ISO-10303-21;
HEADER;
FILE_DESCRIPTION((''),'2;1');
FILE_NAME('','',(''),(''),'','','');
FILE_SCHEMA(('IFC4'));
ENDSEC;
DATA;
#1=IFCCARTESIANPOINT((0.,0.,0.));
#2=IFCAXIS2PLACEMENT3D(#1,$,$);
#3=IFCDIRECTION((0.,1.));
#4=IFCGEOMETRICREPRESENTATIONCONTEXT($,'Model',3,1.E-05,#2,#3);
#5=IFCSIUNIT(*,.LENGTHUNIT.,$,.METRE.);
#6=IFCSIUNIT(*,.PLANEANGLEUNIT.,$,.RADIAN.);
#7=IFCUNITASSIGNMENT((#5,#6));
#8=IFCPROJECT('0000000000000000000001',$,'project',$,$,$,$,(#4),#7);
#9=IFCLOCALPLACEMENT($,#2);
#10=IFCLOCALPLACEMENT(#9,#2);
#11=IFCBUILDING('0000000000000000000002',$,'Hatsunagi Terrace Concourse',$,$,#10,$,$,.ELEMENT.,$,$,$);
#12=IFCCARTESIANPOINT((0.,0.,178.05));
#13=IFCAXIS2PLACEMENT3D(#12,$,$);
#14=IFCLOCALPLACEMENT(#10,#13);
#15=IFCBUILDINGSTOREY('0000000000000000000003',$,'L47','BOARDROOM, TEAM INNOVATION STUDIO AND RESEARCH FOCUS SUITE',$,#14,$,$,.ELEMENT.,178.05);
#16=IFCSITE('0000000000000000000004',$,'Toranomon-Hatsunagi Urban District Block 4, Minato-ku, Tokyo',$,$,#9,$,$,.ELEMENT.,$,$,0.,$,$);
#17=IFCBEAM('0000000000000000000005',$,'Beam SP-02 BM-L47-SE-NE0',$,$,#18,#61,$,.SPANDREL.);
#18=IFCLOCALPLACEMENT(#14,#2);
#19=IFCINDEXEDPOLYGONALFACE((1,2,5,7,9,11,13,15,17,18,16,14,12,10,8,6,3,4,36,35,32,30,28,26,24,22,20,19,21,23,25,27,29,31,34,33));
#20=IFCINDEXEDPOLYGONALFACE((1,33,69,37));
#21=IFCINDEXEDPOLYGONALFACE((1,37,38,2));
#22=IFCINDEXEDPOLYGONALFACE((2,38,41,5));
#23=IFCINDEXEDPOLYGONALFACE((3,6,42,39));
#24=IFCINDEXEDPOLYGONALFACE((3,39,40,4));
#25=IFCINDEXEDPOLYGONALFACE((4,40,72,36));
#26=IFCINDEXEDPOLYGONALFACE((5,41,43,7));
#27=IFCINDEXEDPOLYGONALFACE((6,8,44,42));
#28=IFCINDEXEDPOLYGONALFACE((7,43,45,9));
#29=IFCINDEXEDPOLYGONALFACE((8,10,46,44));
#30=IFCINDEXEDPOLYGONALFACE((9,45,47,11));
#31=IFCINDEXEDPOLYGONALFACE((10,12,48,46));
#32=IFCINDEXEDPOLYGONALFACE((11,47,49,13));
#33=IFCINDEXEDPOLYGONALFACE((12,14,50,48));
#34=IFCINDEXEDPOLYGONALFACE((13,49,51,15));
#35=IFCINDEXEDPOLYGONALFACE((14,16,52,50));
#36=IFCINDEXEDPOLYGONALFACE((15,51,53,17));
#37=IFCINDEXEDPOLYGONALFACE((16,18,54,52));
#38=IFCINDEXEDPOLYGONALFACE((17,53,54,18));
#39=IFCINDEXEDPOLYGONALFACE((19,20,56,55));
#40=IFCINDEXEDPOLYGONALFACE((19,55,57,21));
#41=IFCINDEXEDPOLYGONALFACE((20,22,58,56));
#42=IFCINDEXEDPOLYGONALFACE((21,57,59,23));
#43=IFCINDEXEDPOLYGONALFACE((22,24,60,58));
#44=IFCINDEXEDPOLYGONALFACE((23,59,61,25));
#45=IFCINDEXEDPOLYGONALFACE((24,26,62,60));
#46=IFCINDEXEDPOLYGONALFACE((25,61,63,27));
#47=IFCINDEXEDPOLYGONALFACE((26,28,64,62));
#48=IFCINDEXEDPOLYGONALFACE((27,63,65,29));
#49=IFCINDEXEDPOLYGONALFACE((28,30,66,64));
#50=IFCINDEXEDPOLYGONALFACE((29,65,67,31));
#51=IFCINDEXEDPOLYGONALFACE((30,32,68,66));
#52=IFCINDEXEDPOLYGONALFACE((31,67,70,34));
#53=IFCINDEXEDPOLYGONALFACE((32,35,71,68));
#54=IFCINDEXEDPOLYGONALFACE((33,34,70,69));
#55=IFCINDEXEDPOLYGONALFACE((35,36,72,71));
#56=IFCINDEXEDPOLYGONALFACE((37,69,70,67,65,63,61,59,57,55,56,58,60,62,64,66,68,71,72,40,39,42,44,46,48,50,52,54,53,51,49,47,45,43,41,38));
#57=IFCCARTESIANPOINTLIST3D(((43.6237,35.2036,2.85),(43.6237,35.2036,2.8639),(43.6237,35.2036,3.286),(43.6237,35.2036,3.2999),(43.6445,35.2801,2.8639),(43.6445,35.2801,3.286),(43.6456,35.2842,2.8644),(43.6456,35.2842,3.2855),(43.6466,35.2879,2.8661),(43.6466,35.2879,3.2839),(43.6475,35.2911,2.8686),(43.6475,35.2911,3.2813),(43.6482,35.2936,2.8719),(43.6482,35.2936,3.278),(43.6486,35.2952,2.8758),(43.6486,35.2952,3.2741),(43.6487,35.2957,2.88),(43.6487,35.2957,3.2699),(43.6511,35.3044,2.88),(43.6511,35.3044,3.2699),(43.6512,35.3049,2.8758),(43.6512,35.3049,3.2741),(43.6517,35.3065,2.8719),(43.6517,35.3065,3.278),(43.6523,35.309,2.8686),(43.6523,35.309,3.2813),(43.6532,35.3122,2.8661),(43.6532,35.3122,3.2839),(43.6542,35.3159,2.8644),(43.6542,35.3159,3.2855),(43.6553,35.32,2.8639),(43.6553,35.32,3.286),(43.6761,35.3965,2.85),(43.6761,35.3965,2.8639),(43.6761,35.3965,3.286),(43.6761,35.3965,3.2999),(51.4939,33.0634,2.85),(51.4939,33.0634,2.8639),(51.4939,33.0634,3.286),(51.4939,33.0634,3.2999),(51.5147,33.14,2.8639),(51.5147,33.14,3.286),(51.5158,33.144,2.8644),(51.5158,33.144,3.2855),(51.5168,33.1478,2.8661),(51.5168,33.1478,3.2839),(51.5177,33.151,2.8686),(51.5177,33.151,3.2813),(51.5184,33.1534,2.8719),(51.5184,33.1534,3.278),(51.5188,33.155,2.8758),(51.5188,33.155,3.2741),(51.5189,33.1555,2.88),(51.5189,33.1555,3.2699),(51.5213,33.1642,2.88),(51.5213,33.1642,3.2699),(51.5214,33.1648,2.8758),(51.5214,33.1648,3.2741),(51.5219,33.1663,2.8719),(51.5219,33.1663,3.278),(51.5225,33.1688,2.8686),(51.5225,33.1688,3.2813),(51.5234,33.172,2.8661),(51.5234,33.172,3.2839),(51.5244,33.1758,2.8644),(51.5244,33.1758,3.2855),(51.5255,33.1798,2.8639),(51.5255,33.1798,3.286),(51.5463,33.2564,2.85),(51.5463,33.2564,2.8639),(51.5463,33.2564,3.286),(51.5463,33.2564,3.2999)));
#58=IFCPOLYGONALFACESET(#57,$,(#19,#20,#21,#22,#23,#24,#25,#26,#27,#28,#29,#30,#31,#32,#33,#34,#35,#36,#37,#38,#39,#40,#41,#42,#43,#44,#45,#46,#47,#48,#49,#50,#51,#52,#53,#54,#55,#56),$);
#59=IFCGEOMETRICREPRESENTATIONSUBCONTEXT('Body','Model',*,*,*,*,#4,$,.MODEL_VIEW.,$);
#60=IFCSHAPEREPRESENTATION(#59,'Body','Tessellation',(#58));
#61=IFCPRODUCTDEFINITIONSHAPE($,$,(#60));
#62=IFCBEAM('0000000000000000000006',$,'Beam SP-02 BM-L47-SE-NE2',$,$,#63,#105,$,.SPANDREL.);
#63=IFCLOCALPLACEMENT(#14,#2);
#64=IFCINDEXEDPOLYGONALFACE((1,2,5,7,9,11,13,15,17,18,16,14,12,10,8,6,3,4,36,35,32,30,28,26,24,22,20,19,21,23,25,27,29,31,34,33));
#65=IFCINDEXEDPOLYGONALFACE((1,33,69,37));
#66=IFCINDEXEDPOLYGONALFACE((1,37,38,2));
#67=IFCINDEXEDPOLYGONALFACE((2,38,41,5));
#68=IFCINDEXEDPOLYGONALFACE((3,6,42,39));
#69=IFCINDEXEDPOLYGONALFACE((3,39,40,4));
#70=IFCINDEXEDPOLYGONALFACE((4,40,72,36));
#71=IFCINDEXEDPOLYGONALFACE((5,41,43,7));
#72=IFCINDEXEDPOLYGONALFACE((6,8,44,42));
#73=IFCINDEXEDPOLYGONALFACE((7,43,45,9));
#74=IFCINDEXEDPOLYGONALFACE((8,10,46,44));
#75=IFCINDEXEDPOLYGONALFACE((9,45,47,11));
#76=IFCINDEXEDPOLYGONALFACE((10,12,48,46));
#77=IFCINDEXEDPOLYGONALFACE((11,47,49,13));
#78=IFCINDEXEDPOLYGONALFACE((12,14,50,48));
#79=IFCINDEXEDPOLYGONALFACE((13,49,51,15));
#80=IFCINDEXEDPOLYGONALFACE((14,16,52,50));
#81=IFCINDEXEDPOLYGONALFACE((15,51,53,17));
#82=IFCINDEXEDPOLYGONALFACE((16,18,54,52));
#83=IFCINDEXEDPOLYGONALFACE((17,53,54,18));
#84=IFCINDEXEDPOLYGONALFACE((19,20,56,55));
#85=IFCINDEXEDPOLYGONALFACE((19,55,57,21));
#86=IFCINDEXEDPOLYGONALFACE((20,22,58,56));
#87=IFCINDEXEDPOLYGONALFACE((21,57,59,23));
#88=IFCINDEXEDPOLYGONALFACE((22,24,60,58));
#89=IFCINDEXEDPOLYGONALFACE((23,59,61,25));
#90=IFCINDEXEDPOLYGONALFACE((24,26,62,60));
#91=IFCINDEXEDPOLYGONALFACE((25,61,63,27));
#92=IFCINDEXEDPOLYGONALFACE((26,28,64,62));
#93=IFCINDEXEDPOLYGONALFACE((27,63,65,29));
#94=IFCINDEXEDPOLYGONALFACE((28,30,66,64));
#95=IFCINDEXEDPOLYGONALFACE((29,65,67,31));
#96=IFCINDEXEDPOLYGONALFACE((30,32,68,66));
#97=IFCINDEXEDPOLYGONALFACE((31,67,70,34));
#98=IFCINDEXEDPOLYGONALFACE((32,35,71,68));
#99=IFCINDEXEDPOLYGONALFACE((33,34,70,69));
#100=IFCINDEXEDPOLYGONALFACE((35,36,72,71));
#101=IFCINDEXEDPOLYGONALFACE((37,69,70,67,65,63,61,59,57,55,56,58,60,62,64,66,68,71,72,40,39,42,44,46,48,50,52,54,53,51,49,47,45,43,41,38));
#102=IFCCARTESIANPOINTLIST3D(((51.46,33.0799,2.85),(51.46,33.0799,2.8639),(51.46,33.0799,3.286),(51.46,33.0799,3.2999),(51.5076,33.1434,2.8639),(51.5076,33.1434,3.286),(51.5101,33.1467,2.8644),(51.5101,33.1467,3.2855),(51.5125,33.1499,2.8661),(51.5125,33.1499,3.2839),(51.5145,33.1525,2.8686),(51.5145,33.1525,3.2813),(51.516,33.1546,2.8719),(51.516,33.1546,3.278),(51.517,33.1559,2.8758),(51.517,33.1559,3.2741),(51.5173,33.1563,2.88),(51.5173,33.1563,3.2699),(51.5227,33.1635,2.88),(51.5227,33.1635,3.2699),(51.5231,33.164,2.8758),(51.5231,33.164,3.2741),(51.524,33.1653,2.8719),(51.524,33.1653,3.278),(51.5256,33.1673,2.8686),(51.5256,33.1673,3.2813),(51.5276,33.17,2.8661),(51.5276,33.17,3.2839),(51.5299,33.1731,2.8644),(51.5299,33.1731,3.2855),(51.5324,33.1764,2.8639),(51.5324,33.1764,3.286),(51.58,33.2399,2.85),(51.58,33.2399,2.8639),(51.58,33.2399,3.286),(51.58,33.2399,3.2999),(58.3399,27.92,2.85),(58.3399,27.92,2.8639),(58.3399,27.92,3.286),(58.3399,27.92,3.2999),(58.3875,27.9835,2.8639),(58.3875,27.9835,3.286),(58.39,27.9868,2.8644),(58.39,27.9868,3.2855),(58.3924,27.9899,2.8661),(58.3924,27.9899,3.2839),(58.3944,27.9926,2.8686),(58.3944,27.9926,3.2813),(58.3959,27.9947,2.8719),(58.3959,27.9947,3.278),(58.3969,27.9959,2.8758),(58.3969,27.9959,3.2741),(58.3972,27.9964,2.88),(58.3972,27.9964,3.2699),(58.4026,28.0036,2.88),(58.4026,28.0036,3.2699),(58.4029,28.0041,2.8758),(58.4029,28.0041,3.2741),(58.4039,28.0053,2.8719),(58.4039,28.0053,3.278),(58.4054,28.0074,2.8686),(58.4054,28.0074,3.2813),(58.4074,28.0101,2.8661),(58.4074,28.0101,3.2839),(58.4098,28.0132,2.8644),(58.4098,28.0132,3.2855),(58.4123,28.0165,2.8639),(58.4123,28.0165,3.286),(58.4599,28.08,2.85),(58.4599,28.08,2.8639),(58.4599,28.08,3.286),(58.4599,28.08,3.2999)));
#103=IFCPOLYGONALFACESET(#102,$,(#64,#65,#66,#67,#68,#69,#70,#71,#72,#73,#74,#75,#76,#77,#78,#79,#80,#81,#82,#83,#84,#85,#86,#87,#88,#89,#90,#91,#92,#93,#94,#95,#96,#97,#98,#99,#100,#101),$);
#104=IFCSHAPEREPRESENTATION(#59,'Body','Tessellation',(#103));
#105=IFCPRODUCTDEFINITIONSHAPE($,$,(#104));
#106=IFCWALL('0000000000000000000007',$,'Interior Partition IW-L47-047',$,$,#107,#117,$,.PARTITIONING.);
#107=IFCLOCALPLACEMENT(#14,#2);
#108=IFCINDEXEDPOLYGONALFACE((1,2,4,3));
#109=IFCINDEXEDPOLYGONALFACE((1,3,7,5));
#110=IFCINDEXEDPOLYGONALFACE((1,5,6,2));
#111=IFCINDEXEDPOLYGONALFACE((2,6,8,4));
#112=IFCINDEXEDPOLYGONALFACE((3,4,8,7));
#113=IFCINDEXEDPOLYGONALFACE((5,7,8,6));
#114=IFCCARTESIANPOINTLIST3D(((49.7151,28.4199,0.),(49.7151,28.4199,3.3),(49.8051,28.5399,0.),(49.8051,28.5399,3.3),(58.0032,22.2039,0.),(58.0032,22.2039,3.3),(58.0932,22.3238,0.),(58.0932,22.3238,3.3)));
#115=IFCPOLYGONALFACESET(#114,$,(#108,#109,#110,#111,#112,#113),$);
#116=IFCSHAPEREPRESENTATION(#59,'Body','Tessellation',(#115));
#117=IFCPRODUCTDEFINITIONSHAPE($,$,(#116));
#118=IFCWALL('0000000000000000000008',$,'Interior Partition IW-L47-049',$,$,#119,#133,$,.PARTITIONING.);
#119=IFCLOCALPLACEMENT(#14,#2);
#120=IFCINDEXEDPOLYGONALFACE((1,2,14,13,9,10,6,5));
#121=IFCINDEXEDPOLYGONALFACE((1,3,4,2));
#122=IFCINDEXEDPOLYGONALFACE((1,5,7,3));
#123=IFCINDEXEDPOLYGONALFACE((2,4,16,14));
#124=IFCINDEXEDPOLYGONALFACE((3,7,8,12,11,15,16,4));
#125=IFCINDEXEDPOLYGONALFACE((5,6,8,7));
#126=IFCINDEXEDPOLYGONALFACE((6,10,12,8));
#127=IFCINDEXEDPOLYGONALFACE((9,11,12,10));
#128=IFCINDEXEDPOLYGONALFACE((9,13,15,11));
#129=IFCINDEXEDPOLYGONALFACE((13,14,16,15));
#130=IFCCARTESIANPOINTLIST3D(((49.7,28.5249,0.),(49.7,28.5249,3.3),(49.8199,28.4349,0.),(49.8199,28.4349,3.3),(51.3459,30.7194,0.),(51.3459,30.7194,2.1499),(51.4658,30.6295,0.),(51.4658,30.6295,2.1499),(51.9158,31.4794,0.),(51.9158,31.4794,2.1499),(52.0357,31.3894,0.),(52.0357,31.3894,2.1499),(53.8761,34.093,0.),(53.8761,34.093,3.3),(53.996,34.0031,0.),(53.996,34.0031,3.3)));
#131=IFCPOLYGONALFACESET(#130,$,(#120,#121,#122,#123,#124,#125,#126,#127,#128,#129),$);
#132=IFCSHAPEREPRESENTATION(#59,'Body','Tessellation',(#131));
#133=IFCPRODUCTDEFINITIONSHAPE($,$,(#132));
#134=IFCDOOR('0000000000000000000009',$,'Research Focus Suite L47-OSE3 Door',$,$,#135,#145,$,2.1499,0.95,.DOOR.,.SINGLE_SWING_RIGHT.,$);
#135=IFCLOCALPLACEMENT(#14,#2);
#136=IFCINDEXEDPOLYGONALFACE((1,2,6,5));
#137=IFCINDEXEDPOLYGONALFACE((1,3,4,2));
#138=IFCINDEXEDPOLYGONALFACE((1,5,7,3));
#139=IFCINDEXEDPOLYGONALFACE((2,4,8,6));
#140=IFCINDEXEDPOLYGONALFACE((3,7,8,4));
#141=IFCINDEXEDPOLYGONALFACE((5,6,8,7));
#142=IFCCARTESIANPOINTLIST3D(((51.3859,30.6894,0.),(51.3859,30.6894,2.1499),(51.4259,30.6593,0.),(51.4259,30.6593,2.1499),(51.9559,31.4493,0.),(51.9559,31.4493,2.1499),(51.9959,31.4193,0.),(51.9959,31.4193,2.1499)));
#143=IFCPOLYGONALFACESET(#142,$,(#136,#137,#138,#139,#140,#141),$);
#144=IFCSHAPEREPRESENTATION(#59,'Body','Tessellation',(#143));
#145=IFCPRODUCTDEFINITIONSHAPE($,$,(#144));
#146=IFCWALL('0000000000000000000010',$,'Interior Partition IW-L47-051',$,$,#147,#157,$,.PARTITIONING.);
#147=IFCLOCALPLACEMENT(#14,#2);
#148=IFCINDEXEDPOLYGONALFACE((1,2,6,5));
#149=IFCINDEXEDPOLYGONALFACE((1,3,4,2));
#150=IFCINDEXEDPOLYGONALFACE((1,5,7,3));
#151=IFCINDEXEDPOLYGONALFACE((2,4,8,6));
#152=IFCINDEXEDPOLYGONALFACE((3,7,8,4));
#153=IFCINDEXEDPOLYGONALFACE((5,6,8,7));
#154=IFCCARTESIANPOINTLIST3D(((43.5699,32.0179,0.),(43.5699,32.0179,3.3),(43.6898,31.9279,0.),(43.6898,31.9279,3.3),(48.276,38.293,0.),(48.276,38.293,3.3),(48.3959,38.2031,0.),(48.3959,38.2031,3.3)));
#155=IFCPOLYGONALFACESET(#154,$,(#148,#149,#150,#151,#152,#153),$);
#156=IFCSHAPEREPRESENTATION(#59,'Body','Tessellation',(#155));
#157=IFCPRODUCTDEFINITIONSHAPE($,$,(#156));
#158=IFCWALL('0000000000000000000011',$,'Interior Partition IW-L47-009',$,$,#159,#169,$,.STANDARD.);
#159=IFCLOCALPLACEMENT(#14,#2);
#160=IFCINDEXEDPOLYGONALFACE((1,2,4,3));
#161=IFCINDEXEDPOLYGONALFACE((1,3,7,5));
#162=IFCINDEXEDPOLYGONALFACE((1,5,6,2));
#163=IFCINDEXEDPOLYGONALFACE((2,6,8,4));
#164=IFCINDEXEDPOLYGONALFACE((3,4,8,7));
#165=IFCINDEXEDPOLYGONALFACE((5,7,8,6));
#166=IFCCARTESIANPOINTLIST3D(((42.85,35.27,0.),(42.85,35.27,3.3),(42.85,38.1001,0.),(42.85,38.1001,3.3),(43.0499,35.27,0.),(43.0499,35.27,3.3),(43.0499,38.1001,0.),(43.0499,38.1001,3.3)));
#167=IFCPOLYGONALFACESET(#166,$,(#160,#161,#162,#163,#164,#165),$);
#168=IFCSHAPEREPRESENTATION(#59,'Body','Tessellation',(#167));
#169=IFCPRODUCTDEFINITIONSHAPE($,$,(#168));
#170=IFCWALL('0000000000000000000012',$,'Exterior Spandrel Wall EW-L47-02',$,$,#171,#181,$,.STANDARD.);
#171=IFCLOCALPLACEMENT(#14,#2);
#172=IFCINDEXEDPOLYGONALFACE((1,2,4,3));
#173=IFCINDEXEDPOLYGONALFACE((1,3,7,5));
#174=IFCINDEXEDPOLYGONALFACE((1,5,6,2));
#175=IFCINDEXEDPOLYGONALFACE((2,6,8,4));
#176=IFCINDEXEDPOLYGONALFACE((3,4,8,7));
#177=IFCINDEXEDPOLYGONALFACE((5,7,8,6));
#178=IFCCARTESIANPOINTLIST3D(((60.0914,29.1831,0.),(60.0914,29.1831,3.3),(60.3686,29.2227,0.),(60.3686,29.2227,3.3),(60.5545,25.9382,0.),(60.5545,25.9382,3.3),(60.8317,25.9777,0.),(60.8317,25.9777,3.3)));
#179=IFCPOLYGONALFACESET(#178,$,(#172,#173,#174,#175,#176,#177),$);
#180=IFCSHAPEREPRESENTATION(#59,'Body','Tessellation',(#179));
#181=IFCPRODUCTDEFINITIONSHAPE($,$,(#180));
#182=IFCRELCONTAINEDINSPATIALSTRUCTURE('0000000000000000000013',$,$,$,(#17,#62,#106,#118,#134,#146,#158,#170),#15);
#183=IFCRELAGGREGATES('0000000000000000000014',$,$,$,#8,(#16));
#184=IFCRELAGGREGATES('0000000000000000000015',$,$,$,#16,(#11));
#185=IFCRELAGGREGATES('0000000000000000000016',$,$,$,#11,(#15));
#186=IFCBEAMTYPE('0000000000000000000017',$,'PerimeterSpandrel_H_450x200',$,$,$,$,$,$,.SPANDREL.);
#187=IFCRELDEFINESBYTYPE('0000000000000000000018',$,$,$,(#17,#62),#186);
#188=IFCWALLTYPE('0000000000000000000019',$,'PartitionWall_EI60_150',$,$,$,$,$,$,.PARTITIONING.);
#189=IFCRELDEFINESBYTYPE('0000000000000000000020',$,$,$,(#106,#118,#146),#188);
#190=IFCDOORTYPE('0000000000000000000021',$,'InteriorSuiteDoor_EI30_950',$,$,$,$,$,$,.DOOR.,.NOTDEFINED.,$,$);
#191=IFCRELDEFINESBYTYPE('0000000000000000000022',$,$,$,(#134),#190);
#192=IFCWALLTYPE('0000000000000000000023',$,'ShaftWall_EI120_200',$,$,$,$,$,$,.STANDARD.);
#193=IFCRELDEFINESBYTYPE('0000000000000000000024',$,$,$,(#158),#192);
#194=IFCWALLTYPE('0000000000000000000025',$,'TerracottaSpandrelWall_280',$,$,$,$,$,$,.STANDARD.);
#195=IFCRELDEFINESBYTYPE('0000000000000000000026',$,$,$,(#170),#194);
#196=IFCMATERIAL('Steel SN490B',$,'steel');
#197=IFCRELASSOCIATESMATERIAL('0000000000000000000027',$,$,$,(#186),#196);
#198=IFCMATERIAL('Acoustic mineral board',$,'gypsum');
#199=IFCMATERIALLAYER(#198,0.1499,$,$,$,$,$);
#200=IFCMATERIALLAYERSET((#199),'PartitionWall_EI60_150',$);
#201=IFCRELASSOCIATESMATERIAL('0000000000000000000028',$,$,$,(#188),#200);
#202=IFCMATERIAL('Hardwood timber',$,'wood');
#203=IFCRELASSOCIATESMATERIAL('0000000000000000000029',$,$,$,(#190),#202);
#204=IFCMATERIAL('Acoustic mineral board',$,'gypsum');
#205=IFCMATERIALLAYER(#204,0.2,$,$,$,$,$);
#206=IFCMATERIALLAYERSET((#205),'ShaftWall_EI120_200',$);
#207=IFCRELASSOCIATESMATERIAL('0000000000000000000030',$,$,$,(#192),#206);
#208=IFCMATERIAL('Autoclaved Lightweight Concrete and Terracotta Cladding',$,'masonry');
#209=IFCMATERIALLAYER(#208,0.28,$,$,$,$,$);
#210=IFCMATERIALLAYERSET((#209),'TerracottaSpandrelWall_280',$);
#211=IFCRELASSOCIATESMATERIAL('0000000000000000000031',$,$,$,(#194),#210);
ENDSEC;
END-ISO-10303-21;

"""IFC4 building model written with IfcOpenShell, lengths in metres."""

from ifc_helpers import new_model, si_unit, direction, frame, frame_2d, origin, origin_2d, place, context, subcontext, project, spatial, rectangle, i_section, extrude, material, layer, layer_set, material_profile, profile_set, type_object, element, fill, save


model = new_model("IFC4")

# Units and contexts
model_context = context("Model", 3, precision=1e-05, world=origin(), true_north=direction((0.0, 1.0)))
body_context = subcontext(model_context, "Body", "Model", "MODEL_VIEW")
ifc_project = project(units=[si_unit("LENGTHUNIT", "METRE"), si_unit("PLANEANGLEUNIT", "RADIAN")], contexts=[model_context])

# Site, building, storey
site_placement = place(None, origin())
site = spatial("IfcSite", under=ifc_project, at=site_placement, Name="Toranomon-Hatsunagi Urban District Block 4, Minato-ku, Tokyo", CompositionType="ELEMENT", RefElevation=0.0)
building_placement = place(site_placement, origin())
building = spatial("IfcBuilding", under=site, at=building_placement, Name="Hatsunagi Terrace Concourse", CompositionType="ELEMENT")
storey_placement = place(building_placement, frame((0.0, 0.0, 178.05)))
storey = spatial("IfcBuildingStorey", under=building, at=storey_placement, Name="L47", Description="BOARDROOM, TEAM INNOVATION STUDIO AND RESEARCH FOCUS SUITE", CompositionType="ELEMENT", Elevation=178.05)

# Beams
ifc_material_1 = material(Name="Steel SN490B", Category="steel")
ifc_material_profile_1 = material_profile(ifc_material_1, i_section(OverallWidth=0.2, OverallDepth=0.45, WebThickness=0.009, FlangeThickness=0.0139, FilletRadius=0.0161, at=origin_2d()), Name="H-450x200x9x14")
ifc_profile_set_1 = profile_set([ifc_material_profile_1], Name="Steel SN490B")
beam_type_1 = type_object("IfcBeamType", Name="PerimeterSpandrel_H_450x200", PredefinedType="SPANDREL", material=ifc_profile_set_1)
beam_1_placement = place(storey_placement, frame((43.6499, 35.3, 3.075), z_axis=(0.964958, -0.262403, 0.0), x_axis=(0.262403, 0.964958, 0.0)))
element("IfcBeam", 1, at=beam_1_placement, inside=storey, type_object=beam_type_1, Name="Beam SP-02 BM-L47-SE-NE0", PredefinedType="SPANDREL", context=body_context, shape_type="SweptSolid", body=[
    extrude(i_section(OverallWidth=0.2, OverallDepth=0.45, WebThickness=0.009, FlangeThickness=0.0139, FilletRadius=0.0161, at=origin_2d()), origin(), (0.0, 0.0, 1.0), 8.156),
])
beam_2_placement = place(storey_placement, frame((51.52, 33.1599, 3.075), z_axis=(0.8, -0.6, 0.0), x_axis=(0.6, 0.8, 0.0)))
element("IfcBeam", 2, at=beam_2_placement, inside=storey, type_object=beam_type_1, Name="Beam SP-02 BM-L47-SE-NE2", PredefinedType="SPANDREL", context=body_context, shape_type="SweptSolid", body=[
    extrude(i_section(OverallWidth=0.2, OverallDepth=0.45, WebThickness=0.009, FlangeThickness=0.0139, FilletRadius=0.0161, at=origin_2d()), origin(), (0.0, 0.0, 1.0), 8.5999),
])

# Wall
ifc_material_2 = material(Name="Acoustic mineral board", Category="gypsum")
ifc_layer_1 = layer(ifc_material_2, 0.1499)
ifc_layer_set_1 = layer_set([ifc_layer_1], Name="PartitionWall_EI60_150")
wall_type_1 = type_object("IfcWallType", Name="PartitionWall_EI60_150", PredefinedType="PARTITIONING", material=ifc_layer_set_1)
wall_1_placement = place(storey_placement, frame((49.76, 28.48, 0.0), z_axis=(0.0, 0.0, 1.0), x_axis=(0.8, -0.6, 0.0)))
element("IfcWall", 3, at=wall_1_placement, inside=storey, type_object=wall_type_1, Name="Interior Partition IW-L47-047", PredefinedType="PARTITIONING", context=body_context, shape_type="SweptSolid", body=[
    extrude(rectangle(XDim=10.3601, YDim=0.1499, at=frame_2d((5.1802, 0.0))), origin(), (0.0, 0.0, 1.0), 3.3),
])

# Wall, opening, door
wall_2_placement = place(storey_placement, frame((49.76, 28.48, 0.0), z_axis=(0.0, 0.0, 1.0), x_axis=(0.599994, 0.800004, 0.0)))
wall_2 = element("IfcWall", 4, at=wall_2_placement, inside=storey, type_object=wall_type_1, Name="Interior Partition IW-L47-049", PredefinedType="PARTITIONING", context=body_context, shape_type="SweptSolid", body=[
    extrude(rectangle(XDim=6.9602, YDim=0.1499, at=frame_2d((3.48, 0.0))), origin(), (0.0, 0.0, 1.0), 3.3),
])
opening_1_placement = place(wall_2_placement, frame((2.7429, 0.0, 0.0)))
opening_1 = element("IfcOpeningElement", 5, at=opening_1_placement, cuts=wall_2, PredefinedType="OPENING", context=body_context, shape_type="SweptSolid", body=[
    extrude(rectangle(XDim=0.95, YDim=2.1499, at=frame_2d((0.4751, 1.075))), frame((0.0, 0.085, 0.0), z_axis=(0.0, -1.0, 0.0), x_axis=(1.0, 0.0, 0.0)), (0.0, 0.0, 1.0), 0.1699),
])
ifc_material_3 = material(Name="Hardwood timber", Category="wood")
door_type = type_object("IfcDoorType", Name="InteriorSuiteDoor_EI30_950", OperationType="NOTDEFINED", PredefinedType="DOOR", material=ifc_material_3)
door_1_placement = place(opening_1_placement, origin())
door_1 = element("IfcDoor", 6, at=door_1_placement, inside=storey, type_object=door_type, Name="Research Focus Suite L47-OSE3 Door", OperationType="SINGLE_SWING_RIGHT", OverallHeight=2.1499, OverallWidth=0.95, PredefinedType="DOOR", context=body_context, shape_type="SweptSolid", body=[
    extrude(rectangle(XDim=0.95, YDim=2.1499, at=frame_2d((0.4751, 1.075))), frame((0.0, 0.0249, 0.0), z_axis=(0.0, -1.0, 0.0), x_axis=(1.0, 0.0, 0.0)), (0.0, 0.0, 1.0), 0.05),
])
fill(opening_1, door_1)

# Walls
wall_3_placement = place(storey_placement, frame((43.6299, 31.9729, 0.0), z_axis=(0.0, 0.0, 1.0), x_axis=(0.599975, 0.800019, 0.0)))
element("IfcWall", 7, at=wall_3_placement, inside=storey, type_object=wall_type_1, Name="Interior Partition IW-L47-051", PredefinedType="PARTITIONING", context=body_context, shape_type="SweptSolid", body=[
    extrude(rectangle(XDim=7.8438, YDim=0.1499, at=frame_2d((3.9219, 0.0))), origin(), (0.0, 0.0, 1.0), 3.3),
])
ifc_material_4 = material(Name="Acoustic mineral board", Category="gypsum")
ifc_layer_2 = layer(ifc_material_4, 0.2)
ifc_layer_set_2 = layer_set([ifc_layer_2], Name="ShaftWall_EI120_200")
wall_type_2 = type_object("IfcWallType", Name="ShaftWall_EI120_200", PredefinedType="STANDARD", material=ifc_layer_set_2)
wall_4_placement = place(storey_placement, frame((42.95, 35.27, 0.0), z_axis=(0.0, 0.0, 1.0), x_axis=(0.0, 1.0, 0.0)))
element("IfcWall", 8, at=wall_4_placement, inside=storey, type_object=wall_type_2, Name="Interior Partition IW-L47-009", PredefinedType="STANDARD", context=body_context, shape_type="SweptSolid", body=[
    extrude(rectangle(XDim=2.8301, YDim=0.2, at=frame_2d((1.415, 0.0))), origin(), (0.0, 0.0, 1.0), 3.3),
])
ifc_material_5 = material(Name="Autoclaved Lightweight Concrete and Terracotta Cladding", Category="masonry")
ifc_layer_3 = layer(ifc_material_5, 0.28)
ifc_layer_set_3 = layer_set([ifc_layer_3], Name="TerracottaSpandrelWall_280")
wall_type_3 = type_object("IfcWallType", Name="TerracottaSpandrelWall_280", PredefinedType="STANDARD", material=ifc_layer_set_3)
wall_5_placement = place(storey_placement, frame((60.23, 29.2029, 0.0), z_axis=(0.0, 0.0, 1.0), x_axis=(0.141296, -0.989967, 0.0)))
element("IfcWall", 9, at=wall_5_placement, inside=storey, type_object=wall_type_3, Name="Exterior Spandrel Wall EW-L47-02", PredefinedType="STANDARD", context=body_context, shape_type="SweptSolid", body=[
    extrude(rectangle(XDim=3.2778, YDim=0.28, at=frame_2d((1.6389, 0.0))), origin(), (0.0, 0.0, 1.0), 3.3),
])

save(model, "model.ifc")
